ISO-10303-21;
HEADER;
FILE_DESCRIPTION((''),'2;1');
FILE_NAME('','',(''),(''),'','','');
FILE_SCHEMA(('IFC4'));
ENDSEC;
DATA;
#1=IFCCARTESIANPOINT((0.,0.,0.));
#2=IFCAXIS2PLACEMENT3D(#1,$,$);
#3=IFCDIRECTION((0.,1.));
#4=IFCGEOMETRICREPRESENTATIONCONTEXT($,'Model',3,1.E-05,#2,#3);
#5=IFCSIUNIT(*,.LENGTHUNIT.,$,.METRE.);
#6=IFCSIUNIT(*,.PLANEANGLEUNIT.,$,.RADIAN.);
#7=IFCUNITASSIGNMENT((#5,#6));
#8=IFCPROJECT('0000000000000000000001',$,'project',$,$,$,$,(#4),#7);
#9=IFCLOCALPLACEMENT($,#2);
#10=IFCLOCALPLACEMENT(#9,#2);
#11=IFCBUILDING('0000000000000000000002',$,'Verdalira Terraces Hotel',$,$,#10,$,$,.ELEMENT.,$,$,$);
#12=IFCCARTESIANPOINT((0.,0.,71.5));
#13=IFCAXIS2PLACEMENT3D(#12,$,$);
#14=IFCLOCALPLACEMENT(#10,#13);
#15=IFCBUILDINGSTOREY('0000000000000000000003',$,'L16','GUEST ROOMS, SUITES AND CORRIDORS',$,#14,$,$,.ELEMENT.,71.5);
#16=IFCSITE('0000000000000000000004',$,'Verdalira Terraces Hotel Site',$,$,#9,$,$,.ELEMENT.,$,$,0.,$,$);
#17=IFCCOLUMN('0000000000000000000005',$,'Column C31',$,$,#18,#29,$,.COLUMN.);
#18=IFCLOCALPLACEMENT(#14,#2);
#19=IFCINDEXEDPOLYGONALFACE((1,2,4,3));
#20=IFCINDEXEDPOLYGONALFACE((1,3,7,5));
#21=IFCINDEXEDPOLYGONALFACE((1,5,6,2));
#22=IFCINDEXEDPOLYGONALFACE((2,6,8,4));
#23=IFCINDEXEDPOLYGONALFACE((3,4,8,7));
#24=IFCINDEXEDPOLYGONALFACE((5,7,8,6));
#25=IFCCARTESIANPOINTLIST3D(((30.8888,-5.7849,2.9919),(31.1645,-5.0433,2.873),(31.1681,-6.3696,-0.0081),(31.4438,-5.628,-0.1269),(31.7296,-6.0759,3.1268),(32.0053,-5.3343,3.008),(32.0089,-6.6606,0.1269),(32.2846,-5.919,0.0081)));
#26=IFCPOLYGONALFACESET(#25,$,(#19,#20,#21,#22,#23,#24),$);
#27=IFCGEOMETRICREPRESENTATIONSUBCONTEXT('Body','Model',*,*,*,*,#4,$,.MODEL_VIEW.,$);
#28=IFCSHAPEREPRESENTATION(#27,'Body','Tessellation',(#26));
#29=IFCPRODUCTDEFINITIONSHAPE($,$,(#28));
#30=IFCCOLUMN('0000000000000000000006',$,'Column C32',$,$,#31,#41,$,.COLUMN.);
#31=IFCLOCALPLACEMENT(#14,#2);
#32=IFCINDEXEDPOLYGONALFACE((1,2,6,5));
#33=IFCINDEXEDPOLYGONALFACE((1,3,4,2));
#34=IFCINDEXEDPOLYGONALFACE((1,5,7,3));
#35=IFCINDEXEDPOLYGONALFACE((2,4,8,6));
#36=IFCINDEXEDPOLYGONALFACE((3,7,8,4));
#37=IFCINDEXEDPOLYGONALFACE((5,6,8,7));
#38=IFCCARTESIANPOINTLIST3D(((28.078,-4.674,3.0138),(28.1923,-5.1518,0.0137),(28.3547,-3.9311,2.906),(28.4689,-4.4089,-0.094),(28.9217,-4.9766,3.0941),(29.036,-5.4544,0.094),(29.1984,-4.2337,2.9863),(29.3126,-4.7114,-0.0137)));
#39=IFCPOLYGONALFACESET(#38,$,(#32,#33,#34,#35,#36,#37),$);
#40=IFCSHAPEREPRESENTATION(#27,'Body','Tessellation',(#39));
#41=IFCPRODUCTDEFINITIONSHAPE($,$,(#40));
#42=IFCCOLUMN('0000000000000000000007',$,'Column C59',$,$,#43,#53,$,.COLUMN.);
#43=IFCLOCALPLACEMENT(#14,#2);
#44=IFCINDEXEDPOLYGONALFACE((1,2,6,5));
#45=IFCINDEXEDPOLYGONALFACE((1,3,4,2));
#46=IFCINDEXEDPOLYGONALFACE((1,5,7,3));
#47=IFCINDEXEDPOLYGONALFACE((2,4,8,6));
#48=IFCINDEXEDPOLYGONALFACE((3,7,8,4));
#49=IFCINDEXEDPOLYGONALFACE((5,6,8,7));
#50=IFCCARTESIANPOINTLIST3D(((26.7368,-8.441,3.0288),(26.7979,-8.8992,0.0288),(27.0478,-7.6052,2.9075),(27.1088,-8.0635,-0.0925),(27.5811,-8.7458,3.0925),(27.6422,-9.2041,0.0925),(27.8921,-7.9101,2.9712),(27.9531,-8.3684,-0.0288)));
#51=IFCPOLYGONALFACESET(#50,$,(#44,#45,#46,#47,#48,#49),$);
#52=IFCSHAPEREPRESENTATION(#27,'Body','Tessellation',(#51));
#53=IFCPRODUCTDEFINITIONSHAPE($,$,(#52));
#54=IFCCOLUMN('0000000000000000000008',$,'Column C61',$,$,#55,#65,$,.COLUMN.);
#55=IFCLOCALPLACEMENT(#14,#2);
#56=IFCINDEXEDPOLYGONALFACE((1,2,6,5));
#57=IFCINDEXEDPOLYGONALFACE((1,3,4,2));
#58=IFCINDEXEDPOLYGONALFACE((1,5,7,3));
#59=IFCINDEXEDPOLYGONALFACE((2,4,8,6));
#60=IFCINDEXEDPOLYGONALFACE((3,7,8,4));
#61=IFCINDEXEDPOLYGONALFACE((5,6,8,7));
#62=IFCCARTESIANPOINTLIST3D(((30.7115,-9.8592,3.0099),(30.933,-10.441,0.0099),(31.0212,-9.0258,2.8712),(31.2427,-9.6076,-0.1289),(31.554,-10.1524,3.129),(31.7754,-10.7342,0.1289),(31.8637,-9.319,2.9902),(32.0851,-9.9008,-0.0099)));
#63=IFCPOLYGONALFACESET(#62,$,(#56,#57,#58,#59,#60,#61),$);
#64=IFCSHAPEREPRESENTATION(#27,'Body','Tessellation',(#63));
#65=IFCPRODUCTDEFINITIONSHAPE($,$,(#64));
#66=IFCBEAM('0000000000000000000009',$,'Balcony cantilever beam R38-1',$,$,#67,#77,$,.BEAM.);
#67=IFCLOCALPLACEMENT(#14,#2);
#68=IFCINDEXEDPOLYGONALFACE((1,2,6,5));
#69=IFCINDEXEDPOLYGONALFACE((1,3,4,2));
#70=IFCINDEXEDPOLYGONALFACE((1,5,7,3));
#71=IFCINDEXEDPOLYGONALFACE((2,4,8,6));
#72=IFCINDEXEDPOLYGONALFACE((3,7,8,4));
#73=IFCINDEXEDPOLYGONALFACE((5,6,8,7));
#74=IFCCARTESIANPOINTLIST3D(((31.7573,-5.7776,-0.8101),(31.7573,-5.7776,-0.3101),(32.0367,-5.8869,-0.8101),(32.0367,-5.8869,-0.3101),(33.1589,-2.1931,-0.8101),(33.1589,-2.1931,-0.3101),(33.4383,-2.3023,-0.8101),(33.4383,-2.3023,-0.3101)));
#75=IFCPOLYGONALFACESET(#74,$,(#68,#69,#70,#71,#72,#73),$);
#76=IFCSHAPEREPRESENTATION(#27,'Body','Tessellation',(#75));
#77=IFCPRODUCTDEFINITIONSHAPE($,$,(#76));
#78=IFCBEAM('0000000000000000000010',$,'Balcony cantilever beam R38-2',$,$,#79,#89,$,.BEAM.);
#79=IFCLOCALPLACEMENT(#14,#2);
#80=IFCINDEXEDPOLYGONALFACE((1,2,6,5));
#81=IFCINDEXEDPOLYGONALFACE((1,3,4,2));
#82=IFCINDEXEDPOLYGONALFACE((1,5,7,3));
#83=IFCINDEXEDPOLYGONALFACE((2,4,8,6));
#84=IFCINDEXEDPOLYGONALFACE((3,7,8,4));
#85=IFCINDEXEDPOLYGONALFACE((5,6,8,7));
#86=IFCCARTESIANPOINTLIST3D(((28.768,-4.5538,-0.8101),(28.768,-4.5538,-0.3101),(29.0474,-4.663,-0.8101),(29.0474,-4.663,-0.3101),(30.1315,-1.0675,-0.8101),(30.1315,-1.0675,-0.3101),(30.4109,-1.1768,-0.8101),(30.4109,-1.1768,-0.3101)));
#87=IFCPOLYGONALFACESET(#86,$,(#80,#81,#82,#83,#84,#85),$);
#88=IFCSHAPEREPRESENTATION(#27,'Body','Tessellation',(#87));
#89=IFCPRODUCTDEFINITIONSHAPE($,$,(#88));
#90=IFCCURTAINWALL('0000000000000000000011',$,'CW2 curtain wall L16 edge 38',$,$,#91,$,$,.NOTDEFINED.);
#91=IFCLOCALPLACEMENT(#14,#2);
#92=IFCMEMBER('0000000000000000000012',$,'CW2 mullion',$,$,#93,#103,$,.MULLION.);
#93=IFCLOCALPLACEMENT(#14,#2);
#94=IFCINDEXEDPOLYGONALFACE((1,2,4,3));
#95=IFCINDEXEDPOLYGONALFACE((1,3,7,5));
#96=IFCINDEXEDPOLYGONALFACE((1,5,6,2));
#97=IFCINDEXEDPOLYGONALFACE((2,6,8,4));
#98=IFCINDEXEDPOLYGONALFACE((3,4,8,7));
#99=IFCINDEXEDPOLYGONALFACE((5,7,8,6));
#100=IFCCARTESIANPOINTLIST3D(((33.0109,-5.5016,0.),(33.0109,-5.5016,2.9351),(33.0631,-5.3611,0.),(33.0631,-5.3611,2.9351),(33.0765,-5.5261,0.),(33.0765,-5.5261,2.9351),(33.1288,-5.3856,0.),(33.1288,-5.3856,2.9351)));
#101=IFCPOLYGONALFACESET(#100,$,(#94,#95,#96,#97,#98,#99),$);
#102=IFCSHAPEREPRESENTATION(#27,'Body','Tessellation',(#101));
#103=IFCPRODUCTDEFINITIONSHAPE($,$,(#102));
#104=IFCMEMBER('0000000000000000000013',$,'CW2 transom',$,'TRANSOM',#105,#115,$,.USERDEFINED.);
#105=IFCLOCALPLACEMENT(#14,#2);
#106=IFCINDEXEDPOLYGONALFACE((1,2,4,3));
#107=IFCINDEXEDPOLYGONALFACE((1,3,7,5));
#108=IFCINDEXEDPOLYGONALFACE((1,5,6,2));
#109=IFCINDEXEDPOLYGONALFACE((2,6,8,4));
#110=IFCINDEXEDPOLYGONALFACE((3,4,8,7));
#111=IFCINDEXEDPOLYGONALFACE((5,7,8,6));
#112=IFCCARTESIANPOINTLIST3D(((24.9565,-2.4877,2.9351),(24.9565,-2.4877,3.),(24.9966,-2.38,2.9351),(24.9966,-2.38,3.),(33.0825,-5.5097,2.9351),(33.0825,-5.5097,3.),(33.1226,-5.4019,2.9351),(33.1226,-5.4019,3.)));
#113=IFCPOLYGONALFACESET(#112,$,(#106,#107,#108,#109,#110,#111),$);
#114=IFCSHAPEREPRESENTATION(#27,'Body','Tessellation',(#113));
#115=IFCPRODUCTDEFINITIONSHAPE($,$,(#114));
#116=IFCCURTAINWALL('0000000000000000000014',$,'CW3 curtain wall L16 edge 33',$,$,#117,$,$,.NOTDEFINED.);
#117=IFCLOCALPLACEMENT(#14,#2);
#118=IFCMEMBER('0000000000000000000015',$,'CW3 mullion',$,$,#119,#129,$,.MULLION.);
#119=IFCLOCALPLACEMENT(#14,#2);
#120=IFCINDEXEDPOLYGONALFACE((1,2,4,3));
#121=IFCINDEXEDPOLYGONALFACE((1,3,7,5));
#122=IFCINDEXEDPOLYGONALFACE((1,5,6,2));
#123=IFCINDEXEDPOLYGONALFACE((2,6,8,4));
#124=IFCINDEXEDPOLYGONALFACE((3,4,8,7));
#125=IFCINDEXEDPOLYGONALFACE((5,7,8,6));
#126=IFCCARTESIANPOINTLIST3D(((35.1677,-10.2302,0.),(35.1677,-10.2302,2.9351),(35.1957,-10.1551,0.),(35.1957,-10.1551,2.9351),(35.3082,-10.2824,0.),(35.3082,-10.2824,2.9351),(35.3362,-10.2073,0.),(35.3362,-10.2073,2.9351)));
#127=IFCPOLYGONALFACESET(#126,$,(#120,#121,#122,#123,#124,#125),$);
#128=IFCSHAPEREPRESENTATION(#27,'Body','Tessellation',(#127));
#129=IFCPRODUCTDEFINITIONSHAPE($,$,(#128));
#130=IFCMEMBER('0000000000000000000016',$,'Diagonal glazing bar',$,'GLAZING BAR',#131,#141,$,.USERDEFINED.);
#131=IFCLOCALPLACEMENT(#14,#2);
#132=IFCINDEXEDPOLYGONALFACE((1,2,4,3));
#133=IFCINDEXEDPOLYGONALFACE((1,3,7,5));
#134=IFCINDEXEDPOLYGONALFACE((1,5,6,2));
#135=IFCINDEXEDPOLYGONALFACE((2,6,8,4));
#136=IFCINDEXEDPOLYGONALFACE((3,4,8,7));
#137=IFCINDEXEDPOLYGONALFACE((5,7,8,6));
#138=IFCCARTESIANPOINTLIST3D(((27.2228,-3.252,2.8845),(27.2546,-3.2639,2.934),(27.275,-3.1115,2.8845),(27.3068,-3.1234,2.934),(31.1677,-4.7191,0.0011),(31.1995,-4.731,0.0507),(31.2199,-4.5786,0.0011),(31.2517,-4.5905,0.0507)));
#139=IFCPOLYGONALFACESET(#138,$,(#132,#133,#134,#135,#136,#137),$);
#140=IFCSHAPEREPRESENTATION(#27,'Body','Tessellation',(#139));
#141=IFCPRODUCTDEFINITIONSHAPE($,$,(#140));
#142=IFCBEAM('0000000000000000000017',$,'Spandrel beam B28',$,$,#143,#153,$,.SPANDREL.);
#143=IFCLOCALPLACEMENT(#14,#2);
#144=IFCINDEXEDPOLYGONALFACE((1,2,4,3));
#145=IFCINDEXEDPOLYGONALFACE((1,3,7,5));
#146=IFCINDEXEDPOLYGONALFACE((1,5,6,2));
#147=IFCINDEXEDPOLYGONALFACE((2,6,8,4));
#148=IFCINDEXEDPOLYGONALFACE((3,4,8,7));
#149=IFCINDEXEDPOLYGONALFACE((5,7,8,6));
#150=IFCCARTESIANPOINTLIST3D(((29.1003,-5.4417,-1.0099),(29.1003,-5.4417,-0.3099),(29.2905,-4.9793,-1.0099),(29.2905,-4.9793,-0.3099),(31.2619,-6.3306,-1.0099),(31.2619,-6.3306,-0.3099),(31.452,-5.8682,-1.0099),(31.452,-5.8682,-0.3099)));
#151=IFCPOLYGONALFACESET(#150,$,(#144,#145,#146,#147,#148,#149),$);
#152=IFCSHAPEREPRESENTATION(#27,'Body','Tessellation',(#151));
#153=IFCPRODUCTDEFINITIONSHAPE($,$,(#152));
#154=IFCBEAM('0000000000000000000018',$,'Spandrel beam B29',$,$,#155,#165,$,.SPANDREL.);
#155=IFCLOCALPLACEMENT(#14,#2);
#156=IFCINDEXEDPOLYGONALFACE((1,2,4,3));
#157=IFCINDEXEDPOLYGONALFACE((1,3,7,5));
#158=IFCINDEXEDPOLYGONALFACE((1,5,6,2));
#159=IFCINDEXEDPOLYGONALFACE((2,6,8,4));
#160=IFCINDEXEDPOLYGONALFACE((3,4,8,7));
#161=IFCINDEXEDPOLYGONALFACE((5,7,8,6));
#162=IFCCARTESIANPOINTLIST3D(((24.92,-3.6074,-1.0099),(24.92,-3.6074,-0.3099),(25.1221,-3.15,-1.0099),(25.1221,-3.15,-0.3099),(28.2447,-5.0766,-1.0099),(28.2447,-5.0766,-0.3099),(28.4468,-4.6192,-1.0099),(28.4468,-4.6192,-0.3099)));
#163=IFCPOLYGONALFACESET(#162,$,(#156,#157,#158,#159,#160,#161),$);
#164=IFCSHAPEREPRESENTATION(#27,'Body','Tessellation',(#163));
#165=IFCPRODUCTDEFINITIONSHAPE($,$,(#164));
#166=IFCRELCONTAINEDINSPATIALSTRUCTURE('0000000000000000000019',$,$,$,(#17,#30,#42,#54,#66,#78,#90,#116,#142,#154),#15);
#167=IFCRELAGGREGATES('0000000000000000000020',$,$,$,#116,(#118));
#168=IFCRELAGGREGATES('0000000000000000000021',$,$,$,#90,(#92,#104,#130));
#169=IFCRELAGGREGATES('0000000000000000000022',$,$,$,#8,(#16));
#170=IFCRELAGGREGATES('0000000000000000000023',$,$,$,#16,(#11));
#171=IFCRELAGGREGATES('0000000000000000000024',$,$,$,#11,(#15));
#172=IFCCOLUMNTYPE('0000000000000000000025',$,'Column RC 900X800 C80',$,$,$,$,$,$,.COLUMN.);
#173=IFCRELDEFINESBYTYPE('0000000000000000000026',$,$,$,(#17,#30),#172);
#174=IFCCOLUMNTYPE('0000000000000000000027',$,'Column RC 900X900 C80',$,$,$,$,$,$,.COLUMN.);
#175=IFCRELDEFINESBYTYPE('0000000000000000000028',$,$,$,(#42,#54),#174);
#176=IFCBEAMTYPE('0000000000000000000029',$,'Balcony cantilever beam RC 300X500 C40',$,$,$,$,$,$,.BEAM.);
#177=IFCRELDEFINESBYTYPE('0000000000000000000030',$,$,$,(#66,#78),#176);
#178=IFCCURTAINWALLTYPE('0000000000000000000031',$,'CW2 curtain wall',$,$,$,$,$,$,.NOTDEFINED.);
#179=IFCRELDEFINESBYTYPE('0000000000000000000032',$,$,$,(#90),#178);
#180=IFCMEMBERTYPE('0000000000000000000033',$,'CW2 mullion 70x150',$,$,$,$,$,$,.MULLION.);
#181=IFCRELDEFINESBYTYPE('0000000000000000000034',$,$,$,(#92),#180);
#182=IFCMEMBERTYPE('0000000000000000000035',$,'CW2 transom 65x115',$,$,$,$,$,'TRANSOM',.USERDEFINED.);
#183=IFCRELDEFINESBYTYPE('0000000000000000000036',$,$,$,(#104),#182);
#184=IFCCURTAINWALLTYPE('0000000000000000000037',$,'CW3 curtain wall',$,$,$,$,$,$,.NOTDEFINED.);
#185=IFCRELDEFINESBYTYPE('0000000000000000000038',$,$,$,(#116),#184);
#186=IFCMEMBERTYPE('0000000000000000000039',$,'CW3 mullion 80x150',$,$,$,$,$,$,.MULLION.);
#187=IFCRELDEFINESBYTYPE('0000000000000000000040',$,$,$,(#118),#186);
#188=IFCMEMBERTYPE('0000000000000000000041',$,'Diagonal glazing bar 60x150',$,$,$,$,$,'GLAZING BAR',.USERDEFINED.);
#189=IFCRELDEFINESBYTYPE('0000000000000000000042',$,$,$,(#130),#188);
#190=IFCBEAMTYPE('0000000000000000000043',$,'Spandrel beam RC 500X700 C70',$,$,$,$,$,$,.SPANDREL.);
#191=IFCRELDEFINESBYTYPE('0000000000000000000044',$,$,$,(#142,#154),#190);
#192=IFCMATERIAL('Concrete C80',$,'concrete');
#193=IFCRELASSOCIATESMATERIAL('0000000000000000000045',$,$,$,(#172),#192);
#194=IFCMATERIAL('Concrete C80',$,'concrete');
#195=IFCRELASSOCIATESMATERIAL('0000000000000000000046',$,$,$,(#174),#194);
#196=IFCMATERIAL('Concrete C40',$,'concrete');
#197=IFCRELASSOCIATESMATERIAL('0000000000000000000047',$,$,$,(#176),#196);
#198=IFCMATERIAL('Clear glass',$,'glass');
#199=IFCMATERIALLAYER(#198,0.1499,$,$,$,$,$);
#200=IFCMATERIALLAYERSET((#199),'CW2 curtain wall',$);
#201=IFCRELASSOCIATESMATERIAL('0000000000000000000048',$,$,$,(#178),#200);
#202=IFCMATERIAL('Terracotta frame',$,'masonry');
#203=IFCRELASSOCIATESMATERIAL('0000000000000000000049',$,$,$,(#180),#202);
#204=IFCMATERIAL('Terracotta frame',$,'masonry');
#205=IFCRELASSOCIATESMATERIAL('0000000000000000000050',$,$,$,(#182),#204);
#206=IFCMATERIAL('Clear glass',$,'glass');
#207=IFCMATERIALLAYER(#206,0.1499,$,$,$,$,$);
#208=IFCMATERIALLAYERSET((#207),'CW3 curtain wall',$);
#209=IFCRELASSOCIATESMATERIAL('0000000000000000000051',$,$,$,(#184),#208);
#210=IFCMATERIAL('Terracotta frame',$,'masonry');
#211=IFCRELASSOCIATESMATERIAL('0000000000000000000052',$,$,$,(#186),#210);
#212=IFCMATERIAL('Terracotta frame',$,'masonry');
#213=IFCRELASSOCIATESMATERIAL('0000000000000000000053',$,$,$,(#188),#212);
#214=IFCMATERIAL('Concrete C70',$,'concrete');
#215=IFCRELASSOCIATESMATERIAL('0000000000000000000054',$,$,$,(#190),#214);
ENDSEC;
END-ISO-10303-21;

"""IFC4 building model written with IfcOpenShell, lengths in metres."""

from ifc_helpers import new_model, si_unit, direction, frame, origin, origin_2d, place, context, subcontext, project, spatial, rectangle, extrude, material, layer, layer_set, material_profile, profile_set, type_object, element, aggregate, save


model = new_model("IFC4")

# Units and contexts
model_context = context("Model", 3, precision=1e-05, world=origin(), true_north=direction((0.0, 1.0)))
body_context = subcontext(model_context, "Body", "Model", "MODEL_VIEW")
ifc_project = project(units=[si_unit("LENGTHUNIT", "METRE"), si_unit("PLANEANGLEUNIT", "RADIAN")], contexts=[model_context])

# Site, building, storey
site_placement = place(None, origin())
site = spatial("IfcSite", under=ifc_project, at=site_placement, Name="Verdalira Terraces Hotel Site", CompositionType="ELEMENT", RefElevation=0.0)
building_placement = place(site_placement, origin())
building = spatial("IfcBuilding", under=site, at=building_placement, Name="Verdalira Terraces Hotel", CompositionType="ELEMENT")
storey_placement = place(building_placement, frame((0.0, 0.0, 71.5)))
storey = spatial("IfcBuildingStorey", under=building, at=storey_placement, Name="L16", Description="GUEST ROOMS, SUITES AND CORRIDORS", CompositionType="ELEMENT", Elevation=71.5)

# Columns
ifc_material_1 = material(Name="Concrete C80", Category="concrete")
ifc_material_profile_1 = material_profile(ifc_material_1, rectangle(XDim=0.8999, YDim=0.8, at=origin_2d()), Name="RC 900X800")
ifc_profile_set_1 = profile_set([ifc_material_profile_1], Name="Concrete C80")
column_type_1 = type_object("IfcColumnType", Name="Column RC 900X800 C80", PredefinedType="COLUMN", material=ifc_profile_set_1)
column_1_placement = place(storey_placement, frame((31.7263, -6.1443, 0.0), z_axis=(-0.091, 0.190512, 0.977458), x_axis=(-0.934329, 0.323309, -0.15)))
element("IfcColumn", 1, at=column_1_placement, inside=storey, type_object=column_type_1, Name="Column C31", PredefinedType="COLUMN", context=body_context, shape_type="SweptSolid", body=[
    extrude(rectangle(XDim=0.8999, YDim=0.8, at=origin_2d()), origin(), (0.0, 0.0, 1.0), 3.0691),
])
column_2_placement = place(storey_placement, frame((28.7524, -4.9316, 0.0), z_axis=(-0.037585, 0.157168, 0.986856), x_axis=(-0.937558, 0.336185, -0.089249)))
element("IfcColumn", 2, at=column_2_placement, inside=storey, type_object=column_type_1, Name="Column C32", PredefinedType="COLUMN", context=body_context, shape_type="SweptSolid", body=[
    extrude(rectangle(XDim=0.8999, YDim=0.8, at=origin_2d()), origin(), (0.0, 0.0, 1.0), 3.04),
])
ifc_material_2 = material(Name="Concrete C80", Category="concrete")
ifc_material_profile_2 = material_profile(ifc_material_2, rectangle(XDim=0.8999, YDim=0.8999, at=origin_2d()), Name="RC 900X900")
ifc_profile_set_2 = profile_set([ifc_material_profile_2], Name="Concrete C80")
column_type_2 = type_object("IfcColumnType", Name="Column RC 900X900 C80", PredefinedType="COLUMN", material=ifc_profile_set_2)
column_3_placement = place(storey_placement, frame((27.3755, -8.6338, 0.0), z_axis=(-0.020108, 0.150969, 0.988334), x_axis=(0.938196, -0.338779, 0.070836)))
element("IfcColumn", 3, at=column_3_placement, inside=storey, type_object=column_type_2, Name="Column C59", PredefinedType="COLUMN", context=body_context, shape_type="SweptSolid", body=[
    extrude(rectangle(XDim=0.8999, YDim=0.8999, at=origin_2d()), origin(), (0.0, 0.0, 1.0), 3.0354),
])
column_4_placement = place(storey_placement, frame((31.509, -10.1709, 0.0), z_axis=(-0.072272, 0.189884, 0.979143), x_axis=(0.936136, -0.325807, 0.132281)))
element("IfcColumn", 4, at=column_4_placement, inside=storey, type_object=column_type_2, Name="Column C61", PredefinedType="COLUMN", context=body_context, shape_type="SweptSolid", body=[
    extrude(rectangle(XDim=0.8999, YDim=0.8999, at=origin_2d()), origin(), (0.0, 0.0, 1.0), 3.064),
])

# Beams
ifc_material_3 = material(Name="Concrete C40", Category="concrete")
ifc_material_profile_3 = material_profile(ifc_material_3, rectangle(XDim=0.3, YDim=0.5, at=origin_2d()), Name="RC 300X500")
ifc_profile_set_3 = profile_set([ifc_material_profile_3], Name="Concrete C40")
beam_type_1 = type_object("IfcBeamType", Name="Balcony cantilever beam RC 300X500 C40", PredefinedType="BEAM", material=ifc_profile_set_3)
beam_1_placement = place(storey_placement, frame((31.897, -5.8323, -0.5601), z_axis=(0.364172, 0.931332, 0.0), x_axis=(-0.931332, 0.364172, 0.0)))
element("IfcBeam", 5, at=beam_1_placement, inside=storey, type_object=beam_type_1, Name="Balcony cantilever beam R38-1", PredefinedType="BEAM", context=body_context, shape_type="SweptSolid", body=[
    extrude(rectangle(XDim=0.3, YDim=0.5, at=origin_2d()), origin(), (0.0, 0.0, 1.0), 3.8489),
])
beam_2_placement = place(storey_placement, frame((28.9077, -4.6084, -0.5601), z_axis=(0.36424, 0.931305, 0.0), x_axis=(-0.931305, 0.36424, 0.0)))
element("IfcBeam", 6, at=beam_2_placement, inside=storey, type_object=beam_type_1, Name="Balcony cantilever beam R38-2", PredefinedType="BEAM", context=body_context, shape_type="SweptSolid", body=[
    extrude(rectangle(XDim=0.3, YDim=0.5, at=origin_2d()), origin(), (0.0, 0.0, 1.0), 3.7434),
])

# Curtain wall, members
ifc_material_4 = material(Name="Clear glass", Category="glass")
ifc_layer_1 = layer(ifc_material_4, 0.1499)
ifc_layer_set_1 = layer_set([ifc_layer_1], Name="CW2 curtain wall")
curtain_wall_type_1 = type_object("IfcCurtainWallType", Name="CW2 curtain wall", PredefinedType="NOTDEFINED", material=ifc_layer_set_1)
curtain_wall_1_placement = place(storey_placement, origin())
curtain_wall_1 = element("IfcCurtainWall", 7, at=curtain_wall_1_placement, inside=storey, type_object=curtain_wall_type_1, Name="CW2 curtain wall L16 edge 38", PredefinedType="NOTDEFINED")
ifc_material_5 = material(Name="Terracotta frame", Category="masonry")
ifc_material_profile_4 = material_profile(ifc_material_5, rectangle(XDim=0.0701, YDim=0.1499, at=origin_2d()), Name="MU 70x150")
ifc_profile_set_4 = profile_set([ifc_material_profile_4], Name="Terracotta frame")
member_type_1 = type_object("IfcMemberType", Name="CW2 mullion 70x150", PredefinedType="MULLION", material=ifc_profile_set_4)
member_1_placement = place(storey_placement, frame((33.0698, -5.4436, 0.0), z_axis=(0.0, 0.0, 1.0), x_axis=(-0.937282, 0.348572, 0.0)))
member_1 = element("IfcMember", 8, at=member_1_placement, type_object=member_type_1, Name="CW2 mullion", PredefinedType="MULLION", context=body_context, shape_type="SweptSolid", body=[
    extrude(rectangle(XDim=0.0701, YDim=0.1499, at=origin_2d()), origin(), (0.0, 0.0, 1.0), 2.9351),
])
ifc_material_6 = material(Name="Terracotta frame", Category="masonry")
ifc_material_profile_5 = material_profile(ifc_material_6, rectangle(XDim=0.115, YDim=0.0649, at=origin_2d()), Name="TR 65x115")
ifc_profile_set_5 = profile_set([ifc_material_profile_5], Name="Terracotta frame")
member_type_2 = type_object("IfcMemberType", Name="CW2 transom 65x115", ElementType="TRANSOM", PredefinedType="USERDEFINED", material=ifc_profile_set_5)
member_2_placement = place(storey_placement, frame((33.1025, -5.4558, 2.9675), z_axis=(-0.937284, 0.348567, 0.0), x_axis=(-0.348567, -0.937284, 0.0)))
member_2 = element("IfcMember", 9, at=member_2_placement, type_object=member_type_2, Name="CW2 transom", ObjectType="TRANSOM", PredefinedType="USERDEFINED", context=body_context, shape_type="SweptSolid", body=[
    extrude(rectangle(XDim=0.115, YDim=0.0649, at=origin_2d()), origin(), (0.0, 0.0, 1.0), 8.6697),
])

# Curtain wall, member
ifc_material_7 = material(Name="Clear glass", Category="glass")
ifc_layer_2 = layer(ifc_material_7, 0.1499)
ifc_layer_set_2 = layer_set([ifc_layer_2], Name="CW3 curtain wall")
curtain_wall_type_2 = type_object("IfcCurtainWallType", Name="CW3 curtain wall", PredefinedType="NOTDEFINED", material=ifc_layer_set_2)
curtain_wall_2_placement = place(storey_placement, origin())
curtain_wall_2 = element("IfcCurtainWall", 10, at=curtain_wall_2_placement, inside=storey, type_object=curtain_wall_type_2, Name="CW3 curtain wall L16 edge 33", PredefinedType="NOTDEFINED")
ifc_material_8 = material(Name="Terracotta frame", Category="masonry")
ifc_material_profile_6 = material_profile(ifc_material_8, rectangle(XDim=0.0801, YDim=0.1499, at=origin_2d()), Name="MU 80x150")
ifc_profile_set_6 = profile_set([ifc_material_profile_6], Name="Terracotta frame")
member_type_3 = type_object("IfcMemberType", Name="CW3 mullion 80x150", PredefinedType="MULLION", material=ifc_profile_set_6)
member_3_placement = place(storey_placement, frame((35.252, -10.2188, 0.0), z_axis=(0.0, 0.0, 1.0), x_axis=(0.348572, 0.937282, 0.0)))
member_3 = element("IfcMember", 11, at=member_3_placement, type_object=member_type_3, Name="CW3 mullion", PredefinedType="MULLION", context=body_context, shape_type="SweptSolid", body=[
    extrude(rectangle(XDim=0.0801, YDim=0.1499, at=origin_2d()), origin(), (0.0, 0.0, 1.0), 2.9351),
])
aggregate(curtain_wall_2, [member_3])

# Member
ifc_material_9 = material(Name="Terracotta frame", Category="masonry")
ifc_material_profile_7 = material_profile(ifc_material_9, rectangle(XDim=0.1499, YDim=0.0601, at=origin_2d()), Name="GB 60x150")
ifc_profile_set_7 = profile_set([ifc_material_profile_7], Name="Terracotta frame")
member_type_4 = type_object("IfcMemberType", Name="Diagonal glazing bar 60x150", ElementType="GLAZING BAR", PredefinedType="USERDEFINED", material=ifc_profile_set_7)
member_4_placement = place(storey_placement, frame((31.2097, -4.6548, 0.0259), z_axis=(-0.773238, 0.28756, 0.565165), x_axis=(-0.348567, -0.937284, 0.0)))
member_4 = element("IfcMember", 12, at=member_4_placement, type_object=member_type_4, Name="Diagonal glazing bar", ObjectType="GLAZING BAR", PredefinedType="USERDEFINED", context=body_context, shape_type="SweptSolid", body=[
    extrude(rectangle(XDim=0.1499, YDim=0.0601, at=origin_2d()), origin(), (0.0, 0.0, 1.0), 5.1018),
])

# Beams
ifc_material_10 = material(Name="Concrete C70", Category="concrete")
ifc_material_profile_8 = material_profile(ifc_material_10, rectangle(XDim=0.5, YDim=0.7, at=origin_2d()), Name="RC 500X700")
ifc_profile_set_8 = profile_set([ifc_material_profile_8], Name="Concrete C70")
beam_type_2 = type_object("IfcBeamType", Name="Spandrel beam RC 500X700 C70", PredefinedType="SPANDREL", material=ifc_profile_set_8)
beam_3_placement = place(storey_placement, frame((31.3569, -6.0994, -0.6599), z_axis=(-0.924853, 0.380324, 0.0), x_axis=(-0.380324, -0.924853, 0.0)))
element("IfcBeam", 13, at=beam_3_placement, inside=storey, type_object=beam_type_2, Name="Spandrel beam B28", PredefinedType="SPANDREL", context=body_context, shape_type="SweptSolid", body=[
    extrude(rectangle(XDim=0.5, YDim=0.7, at=origin_2d()), origin(), (0.0, 0.0, 1.0), 2.3372),
])
beam_4_placement = place(storey_placement, frame((28.3457, -4.8479, -0.6599), z_axis=(-0.914668, 0.404206, 0.0), x_axis=(-0.404206, -0.914668, 0.0)))
element("IfcBeam", 14, at=beam_4_placement, inside=storey, type_object=beam_type_2, Name="Spandrel beam B29", PredefinedType="SPANDREL", context=body_context, shape_type="SweptSolid", body=[
    extrude(rectangle(XDim=0.5, YDim=0.7, at=origin_2d()), origin(), (0.0, 0.0, 1.0), 3.6348),
])

aggregate(curtain_wall_1, [member_1, member_2, member_4])

save(model, "model.ifc")
